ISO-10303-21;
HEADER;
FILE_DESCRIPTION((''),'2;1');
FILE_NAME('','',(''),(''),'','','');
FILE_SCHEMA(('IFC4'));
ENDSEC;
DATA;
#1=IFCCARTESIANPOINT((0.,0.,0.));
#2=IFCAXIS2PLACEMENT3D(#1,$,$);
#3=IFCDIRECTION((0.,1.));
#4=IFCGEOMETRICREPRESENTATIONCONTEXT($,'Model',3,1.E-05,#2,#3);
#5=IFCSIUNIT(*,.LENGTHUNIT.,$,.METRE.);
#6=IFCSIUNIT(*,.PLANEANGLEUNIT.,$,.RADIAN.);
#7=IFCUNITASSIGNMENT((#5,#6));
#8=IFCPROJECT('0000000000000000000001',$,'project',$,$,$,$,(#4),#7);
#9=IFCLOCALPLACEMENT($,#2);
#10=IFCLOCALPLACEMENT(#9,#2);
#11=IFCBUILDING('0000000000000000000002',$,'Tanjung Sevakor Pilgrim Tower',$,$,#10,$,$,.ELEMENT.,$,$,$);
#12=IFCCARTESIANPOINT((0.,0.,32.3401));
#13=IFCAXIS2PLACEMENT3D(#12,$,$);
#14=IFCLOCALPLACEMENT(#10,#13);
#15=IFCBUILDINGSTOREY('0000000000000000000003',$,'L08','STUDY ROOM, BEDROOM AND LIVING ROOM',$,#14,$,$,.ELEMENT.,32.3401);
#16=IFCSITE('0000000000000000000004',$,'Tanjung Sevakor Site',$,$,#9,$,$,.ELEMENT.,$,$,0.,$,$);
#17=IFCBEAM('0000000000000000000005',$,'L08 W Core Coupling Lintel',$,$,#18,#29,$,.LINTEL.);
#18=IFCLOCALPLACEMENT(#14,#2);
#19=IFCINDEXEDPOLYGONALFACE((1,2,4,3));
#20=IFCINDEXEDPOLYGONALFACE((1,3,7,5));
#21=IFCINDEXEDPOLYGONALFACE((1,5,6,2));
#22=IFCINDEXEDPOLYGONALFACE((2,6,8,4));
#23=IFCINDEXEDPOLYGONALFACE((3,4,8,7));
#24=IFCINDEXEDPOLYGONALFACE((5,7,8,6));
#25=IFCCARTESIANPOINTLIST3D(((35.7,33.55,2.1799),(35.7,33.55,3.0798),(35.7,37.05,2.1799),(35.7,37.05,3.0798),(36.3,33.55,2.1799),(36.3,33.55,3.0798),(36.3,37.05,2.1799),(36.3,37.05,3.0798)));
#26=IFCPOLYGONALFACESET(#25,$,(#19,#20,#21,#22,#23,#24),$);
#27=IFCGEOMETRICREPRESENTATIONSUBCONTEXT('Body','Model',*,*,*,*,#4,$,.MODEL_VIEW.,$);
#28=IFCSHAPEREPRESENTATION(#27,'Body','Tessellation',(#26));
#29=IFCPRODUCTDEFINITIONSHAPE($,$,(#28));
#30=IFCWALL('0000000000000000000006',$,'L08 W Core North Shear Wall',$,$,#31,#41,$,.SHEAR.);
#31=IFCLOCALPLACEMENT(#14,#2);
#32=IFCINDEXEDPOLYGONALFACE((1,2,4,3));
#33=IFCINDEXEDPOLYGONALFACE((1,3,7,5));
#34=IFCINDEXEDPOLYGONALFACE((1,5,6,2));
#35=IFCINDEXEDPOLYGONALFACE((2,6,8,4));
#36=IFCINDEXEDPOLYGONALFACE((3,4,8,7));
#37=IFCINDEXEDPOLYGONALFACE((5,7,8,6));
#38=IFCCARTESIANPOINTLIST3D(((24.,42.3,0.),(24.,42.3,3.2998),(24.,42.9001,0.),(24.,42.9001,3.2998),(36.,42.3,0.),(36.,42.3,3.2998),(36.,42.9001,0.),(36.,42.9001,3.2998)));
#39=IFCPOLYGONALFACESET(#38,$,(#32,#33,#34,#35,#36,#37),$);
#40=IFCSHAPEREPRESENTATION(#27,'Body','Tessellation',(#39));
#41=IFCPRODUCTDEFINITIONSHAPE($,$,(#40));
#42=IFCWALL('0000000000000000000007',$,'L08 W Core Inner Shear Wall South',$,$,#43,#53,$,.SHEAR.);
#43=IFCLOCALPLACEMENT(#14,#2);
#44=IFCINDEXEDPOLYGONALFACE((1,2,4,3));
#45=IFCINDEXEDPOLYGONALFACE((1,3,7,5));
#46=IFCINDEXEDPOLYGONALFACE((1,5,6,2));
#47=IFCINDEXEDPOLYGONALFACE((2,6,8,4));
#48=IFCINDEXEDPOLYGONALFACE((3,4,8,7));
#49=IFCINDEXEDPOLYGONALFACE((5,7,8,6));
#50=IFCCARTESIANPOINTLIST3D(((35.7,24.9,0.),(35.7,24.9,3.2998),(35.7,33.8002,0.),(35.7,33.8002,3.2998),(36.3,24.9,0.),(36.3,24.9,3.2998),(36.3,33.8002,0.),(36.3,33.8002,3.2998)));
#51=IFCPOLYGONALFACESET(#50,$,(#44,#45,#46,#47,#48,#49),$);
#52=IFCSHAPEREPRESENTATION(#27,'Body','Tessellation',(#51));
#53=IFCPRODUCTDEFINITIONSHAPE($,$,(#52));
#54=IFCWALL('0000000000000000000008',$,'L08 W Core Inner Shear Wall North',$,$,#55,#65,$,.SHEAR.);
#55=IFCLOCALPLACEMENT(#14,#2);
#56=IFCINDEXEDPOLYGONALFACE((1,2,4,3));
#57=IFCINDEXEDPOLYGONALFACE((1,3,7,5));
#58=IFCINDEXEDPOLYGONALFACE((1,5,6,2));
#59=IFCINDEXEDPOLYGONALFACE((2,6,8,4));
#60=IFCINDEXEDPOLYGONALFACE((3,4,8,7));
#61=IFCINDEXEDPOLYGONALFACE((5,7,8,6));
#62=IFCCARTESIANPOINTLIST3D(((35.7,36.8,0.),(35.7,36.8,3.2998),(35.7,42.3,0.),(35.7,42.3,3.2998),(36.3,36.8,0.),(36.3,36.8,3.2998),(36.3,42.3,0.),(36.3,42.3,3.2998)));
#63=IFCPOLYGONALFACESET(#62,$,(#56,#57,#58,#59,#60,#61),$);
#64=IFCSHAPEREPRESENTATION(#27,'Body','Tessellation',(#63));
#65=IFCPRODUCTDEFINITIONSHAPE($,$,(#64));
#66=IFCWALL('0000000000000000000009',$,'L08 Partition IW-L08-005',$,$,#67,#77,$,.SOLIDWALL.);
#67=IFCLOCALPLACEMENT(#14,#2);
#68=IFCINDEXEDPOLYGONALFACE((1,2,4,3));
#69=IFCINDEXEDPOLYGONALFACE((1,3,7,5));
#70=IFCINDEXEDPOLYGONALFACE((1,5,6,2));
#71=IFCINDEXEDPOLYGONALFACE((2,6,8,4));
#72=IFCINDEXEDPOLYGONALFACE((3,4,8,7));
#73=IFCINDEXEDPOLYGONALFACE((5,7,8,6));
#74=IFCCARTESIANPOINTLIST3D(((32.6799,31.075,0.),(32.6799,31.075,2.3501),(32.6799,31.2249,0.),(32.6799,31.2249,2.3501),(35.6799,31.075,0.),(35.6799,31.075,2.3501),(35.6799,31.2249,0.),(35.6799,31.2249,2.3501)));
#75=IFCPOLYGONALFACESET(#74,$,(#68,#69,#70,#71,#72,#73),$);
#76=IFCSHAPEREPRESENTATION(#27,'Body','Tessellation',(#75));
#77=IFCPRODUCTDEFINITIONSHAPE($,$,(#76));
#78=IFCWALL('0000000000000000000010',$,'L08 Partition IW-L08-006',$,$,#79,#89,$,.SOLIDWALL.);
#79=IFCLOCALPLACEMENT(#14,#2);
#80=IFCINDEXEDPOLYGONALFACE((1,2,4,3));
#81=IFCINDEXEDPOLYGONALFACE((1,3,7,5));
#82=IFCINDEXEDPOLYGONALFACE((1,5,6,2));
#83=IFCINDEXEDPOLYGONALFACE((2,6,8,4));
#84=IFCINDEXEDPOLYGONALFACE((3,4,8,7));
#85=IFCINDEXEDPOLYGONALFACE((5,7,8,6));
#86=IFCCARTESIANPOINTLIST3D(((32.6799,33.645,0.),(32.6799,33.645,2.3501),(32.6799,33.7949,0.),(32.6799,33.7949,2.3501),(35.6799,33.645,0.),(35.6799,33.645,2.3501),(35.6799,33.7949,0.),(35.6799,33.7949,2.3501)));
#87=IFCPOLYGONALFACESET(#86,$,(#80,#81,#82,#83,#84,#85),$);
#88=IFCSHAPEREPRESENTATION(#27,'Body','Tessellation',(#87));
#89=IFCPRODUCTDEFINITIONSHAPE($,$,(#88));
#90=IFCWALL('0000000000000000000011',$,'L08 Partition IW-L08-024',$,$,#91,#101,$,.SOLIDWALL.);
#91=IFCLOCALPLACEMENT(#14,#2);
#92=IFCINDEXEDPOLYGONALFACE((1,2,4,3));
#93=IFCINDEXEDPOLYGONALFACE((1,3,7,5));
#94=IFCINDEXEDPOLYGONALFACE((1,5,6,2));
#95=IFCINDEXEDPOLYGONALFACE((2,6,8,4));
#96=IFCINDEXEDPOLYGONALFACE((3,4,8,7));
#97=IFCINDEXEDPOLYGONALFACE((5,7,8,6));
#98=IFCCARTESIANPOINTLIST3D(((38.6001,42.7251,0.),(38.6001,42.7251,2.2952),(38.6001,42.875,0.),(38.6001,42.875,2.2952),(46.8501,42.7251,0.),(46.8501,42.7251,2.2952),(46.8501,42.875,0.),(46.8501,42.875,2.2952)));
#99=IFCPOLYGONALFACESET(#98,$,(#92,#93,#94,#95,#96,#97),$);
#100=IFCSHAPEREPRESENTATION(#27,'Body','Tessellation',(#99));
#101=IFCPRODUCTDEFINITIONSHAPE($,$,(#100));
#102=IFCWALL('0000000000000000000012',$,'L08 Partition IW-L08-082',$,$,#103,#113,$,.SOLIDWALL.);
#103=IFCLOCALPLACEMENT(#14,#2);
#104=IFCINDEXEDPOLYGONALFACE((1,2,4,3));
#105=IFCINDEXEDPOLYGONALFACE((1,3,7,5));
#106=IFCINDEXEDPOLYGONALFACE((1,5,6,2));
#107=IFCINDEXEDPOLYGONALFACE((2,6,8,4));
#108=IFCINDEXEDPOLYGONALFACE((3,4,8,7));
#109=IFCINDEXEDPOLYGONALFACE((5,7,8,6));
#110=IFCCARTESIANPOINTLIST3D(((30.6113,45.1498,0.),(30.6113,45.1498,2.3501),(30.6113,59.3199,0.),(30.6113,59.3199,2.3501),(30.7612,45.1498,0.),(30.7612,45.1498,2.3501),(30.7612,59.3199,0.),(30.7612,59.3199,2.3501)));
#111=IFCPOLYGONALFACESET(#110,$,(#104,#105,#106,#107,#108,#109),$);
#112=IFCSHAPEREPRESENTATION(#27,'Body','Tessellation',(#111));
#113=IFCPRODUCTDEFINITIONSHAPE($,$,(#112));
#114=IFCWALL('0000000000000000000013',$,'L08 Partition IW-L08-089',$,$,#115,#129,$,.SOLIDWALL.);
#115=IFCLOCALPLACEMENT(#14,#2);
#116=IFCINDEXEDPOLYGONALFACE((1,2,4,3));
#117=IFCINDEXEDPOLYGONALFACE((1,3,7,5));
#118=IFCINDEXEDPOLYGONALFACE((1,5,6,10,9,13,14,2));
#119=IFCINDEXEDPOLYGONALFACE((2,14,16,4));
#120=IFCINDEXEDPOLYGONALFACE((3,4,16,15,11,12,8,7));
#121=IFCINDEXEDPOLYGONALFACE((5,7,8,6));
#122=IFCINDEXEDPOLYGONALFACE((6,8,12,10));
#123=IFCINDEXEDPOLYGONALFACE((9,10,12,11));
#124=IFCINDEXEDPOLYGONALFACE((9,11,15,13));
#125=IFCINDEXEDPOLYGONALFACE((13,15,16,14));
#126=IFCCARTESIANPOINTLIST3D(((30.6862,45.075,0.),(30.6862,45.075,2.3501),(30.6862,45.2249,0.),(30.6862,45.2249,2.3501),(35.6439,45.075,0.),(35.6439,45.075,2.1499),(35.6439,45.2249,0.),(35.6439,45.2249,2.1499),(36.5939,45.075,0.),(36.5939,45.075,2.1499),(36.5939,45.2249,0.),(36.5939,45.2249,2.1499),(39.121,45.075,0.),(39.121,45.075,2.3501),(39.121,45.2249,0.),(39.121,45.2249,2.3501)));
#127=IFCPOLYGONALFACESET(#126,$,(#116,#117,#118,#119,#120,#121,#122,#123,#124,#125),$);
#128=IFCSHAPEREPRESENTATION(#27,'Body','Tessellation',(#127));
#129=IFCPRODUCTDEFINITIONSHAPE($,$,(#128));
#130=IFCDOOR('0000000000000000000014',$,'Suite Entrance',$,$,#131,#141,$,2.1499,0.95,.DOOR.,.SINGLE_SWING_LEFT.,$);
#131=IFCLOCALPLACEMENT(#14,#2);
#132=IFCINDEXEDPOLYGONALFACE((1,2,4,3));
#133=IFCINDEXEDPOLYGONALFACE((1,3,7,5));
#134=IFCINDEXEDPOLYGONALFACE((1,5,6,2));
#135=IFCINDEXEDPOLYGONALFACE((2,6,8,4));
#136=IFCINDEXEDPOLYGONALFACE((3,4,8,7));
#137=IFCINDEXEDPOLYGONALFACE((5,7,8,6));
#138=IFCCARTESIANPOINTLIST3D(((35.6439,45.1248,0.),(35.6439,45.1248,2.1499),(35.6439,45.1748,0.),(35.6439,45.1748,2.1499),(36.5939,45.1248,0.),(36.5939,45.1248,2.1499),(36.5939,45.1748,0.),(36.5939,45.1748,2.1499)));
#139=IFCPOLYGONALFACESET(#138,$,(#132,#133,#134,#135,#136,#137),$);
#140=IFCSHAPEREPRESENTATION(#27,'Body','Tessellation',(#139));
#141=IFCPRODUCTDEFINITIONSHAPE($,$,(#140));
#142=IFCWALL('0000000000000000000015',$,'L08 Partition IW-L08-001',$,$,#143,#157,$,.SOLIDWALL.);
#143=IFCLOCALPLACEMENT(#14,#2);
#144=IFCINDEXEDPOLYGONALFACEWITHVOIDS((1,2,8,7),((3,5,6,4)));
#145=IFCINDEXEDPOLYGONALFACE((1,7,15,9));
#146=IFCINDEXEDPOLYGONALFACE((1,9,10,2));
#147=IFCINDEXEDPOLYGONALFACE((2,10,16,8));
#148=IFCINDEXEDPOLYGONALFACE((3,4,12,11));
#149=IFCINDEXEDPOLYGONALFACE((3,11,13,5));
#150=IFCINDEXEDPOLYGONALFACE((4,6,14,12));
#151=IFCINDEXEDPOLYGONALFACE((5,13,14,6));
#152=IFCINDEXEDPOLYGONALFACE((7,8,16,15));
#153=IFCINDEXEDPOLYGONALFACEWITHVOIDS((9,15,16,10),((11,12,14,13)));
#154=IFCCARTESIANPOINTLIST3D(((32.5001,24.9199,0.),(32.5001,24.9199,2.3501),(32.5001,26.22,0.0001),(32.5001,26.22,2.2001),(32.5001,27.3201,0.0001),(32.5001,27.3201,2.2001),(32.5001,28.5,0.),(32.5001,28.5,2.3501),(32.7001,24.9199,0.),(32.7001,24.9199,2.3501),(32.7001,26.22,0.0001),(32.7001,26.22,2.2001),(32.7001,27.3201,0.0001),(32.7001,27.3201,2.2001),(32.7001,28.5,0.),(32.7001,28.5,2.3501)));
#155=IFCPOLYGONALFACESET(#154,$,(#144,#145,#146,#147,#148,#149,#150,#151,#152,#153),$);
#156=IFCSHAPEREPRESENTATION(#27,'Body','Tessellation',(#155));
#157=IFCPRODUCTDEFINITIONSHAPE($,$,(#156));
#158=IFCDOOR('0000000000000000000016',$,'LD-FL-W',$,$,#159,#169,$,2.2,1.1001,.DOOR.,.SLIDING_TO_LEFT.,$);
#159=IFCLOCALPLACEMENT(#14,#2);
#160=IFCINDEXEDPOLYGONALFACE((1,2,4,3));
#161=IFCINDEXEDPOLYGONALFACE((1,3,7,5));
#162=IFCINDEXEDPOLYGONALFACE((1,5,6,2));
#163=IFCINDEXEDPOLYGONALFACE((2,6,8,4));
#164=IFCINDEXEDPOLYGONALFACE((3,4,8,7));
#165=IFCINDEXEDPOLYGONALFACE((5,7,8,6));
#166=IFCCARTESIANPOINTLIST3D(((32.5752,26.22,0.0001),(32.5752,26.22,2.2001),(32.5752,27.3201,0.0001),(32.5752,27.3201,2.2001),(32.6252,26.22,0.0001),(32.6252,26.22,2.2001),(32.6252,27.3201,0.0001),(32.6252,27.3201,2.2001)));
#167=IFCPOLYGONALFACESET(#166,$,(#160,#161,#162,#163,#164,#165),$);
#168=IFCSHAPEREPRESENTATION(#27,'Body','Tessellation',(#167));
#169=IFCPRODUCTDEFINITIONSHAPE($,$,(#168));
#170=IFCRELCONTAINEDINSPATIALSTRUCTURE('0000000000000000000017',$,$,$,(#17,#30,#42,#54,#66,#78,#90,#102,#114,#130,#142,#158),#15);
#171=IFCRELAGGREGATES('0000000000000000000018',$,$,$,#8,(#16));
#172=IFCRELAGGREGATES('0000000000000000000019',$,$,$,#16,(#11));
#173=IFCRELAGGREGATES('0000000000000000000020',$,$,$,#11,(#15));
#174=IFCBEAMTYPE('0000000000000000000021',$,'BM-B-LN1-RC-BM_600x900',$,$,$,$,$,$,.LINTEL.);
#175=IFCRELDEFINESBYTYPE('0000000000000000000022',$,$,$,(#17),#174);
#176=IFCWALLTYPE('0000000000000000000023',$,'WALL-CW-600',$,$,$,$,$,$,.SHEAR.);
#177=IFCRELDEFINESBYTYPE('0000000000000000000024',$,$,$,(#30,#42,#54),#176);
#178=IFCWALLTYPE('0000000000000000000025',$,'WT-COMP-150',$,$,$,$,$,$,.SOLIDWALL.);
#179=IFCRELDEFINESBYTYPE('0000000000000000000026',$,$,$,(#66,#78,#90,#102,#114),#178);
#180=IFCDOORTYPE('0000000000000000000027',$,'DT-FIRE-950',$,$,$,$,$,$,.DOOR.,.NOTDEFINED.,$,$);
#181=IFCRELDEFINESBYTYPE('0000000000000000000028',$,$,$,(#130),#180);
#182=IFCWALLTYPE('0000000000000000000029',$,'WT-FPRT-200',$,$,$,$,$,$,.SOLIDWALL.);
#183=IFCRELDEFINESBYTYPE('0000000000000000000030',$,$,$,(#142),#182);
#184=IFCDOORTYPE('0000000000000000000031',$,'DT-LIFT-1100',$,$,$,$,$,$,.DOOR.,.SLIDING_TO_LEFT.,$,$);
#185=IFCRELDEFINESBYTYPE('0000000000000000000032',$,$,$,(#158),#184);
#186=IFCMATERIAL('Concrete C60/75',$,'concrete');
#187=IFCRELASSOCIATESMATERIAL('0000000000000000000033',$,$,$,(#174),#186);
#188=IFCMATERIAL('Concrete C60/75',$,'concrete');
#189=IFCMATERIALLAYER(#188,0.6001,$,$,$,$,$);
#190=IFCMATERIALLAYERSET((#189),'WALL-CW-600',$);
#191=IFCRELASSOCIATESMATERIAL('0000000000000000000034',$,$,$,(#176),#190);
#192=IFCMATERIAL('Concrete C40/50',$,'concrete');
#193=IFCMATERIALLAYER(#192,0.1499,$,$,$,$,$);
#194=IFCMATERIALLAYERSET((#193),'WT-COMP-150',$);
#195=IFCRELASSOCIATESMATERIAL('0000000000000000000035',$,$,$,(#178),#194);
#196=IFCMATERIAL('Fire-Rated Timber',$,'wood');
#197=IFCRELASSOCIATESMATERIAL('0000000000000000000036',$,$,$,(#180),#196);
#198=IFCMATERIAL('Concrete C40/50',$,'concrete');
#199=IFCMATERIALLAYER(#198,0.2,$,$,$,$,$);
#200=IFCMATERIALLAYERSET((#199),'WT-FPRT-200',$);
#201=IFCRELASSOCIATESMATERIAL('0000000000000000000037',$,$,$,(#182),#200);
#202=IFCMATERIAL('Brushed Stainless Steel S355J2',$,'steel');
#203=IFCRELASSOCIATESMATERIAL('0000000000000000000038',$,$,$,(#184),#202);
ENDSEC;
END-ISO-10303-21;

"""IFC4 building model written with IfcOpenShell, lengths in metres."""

from ifc_helpers import new_model, si_unit, direction, frame, frame_2d, origin, origin_2d, place, context, subcontext, project, spatial, rectangle, extrude, material, layer, layer_set, material_profile, profile_set, type_object, element, fill, save


model = new_model("IFC4")

# Units and contexts
model_context = context("Model", 3, precision=1e-05, world=origin(), true_north=direction((0.0, 1.0)))
body_context = subcontext(model_context, "Body", "Model", "MODEL_VIEW")
ifc_project = project(units=[si_unit("LENGTHUNIT", "METRE"), si_unit("PLANEANGLEUNIT", "RADIAN")], contexts=[model_context])

# Site, building, storey
site_placement = place(None, origin())
site = spatial("IfcSite", under=ifc_project, at=site_placement, Name="Tanjung Sevakor Site", CompositionType="ELEMENT", RefElevation=0.0)
building_placement = place(site_placement, origin())
building = spatial("IfcBuilding", under=site, at=building_placement, Name="Tanjung Sevakor Pilgrim Tower", CompositionType="ELEMENT")
storey_placement = place(building_placement, frame((0.0, 0.0, 32.3401)))
storey = spatial("IfcBuildingStorey", under=building, at=storey_placement, Name="L08", Description="STUDY ROOM, BEDROOM AND LIVING ROOM", CompositionType="ELEMENT", Elevation=32.3401)

# Beam
ifc_material_1 = material(Name="Concrete C60/75", Category="concrete")
ifc_material_profile_1 = material_profile(ifc_material_1, rectangle(XDim=0.6001, YDim=0.8999, at=origin_2d()))
ifc_profile_set_1 = profile_set([ifc_material_profile_1], Name="Concrete C60/75")
beam_type_1 = type_object("IfcBeamType", Name="BM-B-LN1-RC-BM_600x900", PredefinedType="LINTEL", material=ifc_profile_set_1)
beam_1_placement = place(storey_placement, frame((36.0, 33.55, 2.6299), z_axis=(0.0, 1.0, 0.0), x_axis=(-1.0, 0.0, 0.0)))
element("IfcBeam", 1, at=beam_1_placement, inside=storey, type_object=beam_type_1, Name="L08 W Core Coupling Lintel", PredefinedType="LINTEL", context=body_context, shape_type="SweptSolid", body=[
    extrude(rectangle(XDim=0.6001, YDim=0.8999, at=origin_2d()), origin(), (0.0, 0.0, 1.0), 3.5),
])

# Walls
ifc_material_2 = material(Name="Concrete C60/75", Category="concrete")
ifc_layer_1 = layer(ifc_material_2, 0.6001)
ifc_layer_set_1 = layer_set([ifc_layer_1], Name="WALL-CW-600")
wall_type_1 = type_object("IfcWallType", Name="WALL-CW-600", PredefinedType="SHEAR", material=ifc_layer_set_1)
wall_1_placement = place(storey_placement, frame((36.0, 42.6001, 0.0), z_axis=(0.0, 0.0, 1.0), x_axis=(-1.0, 0.0, 0.0)))
element("IfcWall", 2, at=wall_1_placement, inside=storey, type_object=wall_type_1, Name="L08 W Core North Shear Wall", PredefinedType="SHEAR", context=body_context, shape_type="SweptSolid", body=[
    extrude(rectangle(XDim=12.0, YDim=0.6001, at=frame_2d((6.0, 0.0))), origin(), (0.0, 0.0, 1.0), 3.2998),
])
wall_2_placement = place(storey_placement, frame((36.0, 24.8999, 0.0), z_axis=(0.0, 0.0, 1.0), x_axis=(0.0, 1.0, 0.0)))
element("IfcWall", 3, at=wall_2_placement, inside=storey, type_object=wall_type_1, Name="L08 W Core Inner Shear Wall South", PredefinedType="SHEAR", context=body_context, shape_type="SweptSolid", body=[
    extrude(rectangle(XDim=8.9001, YDim=0.6001, at=frame_2d((4.4502, 0.0))), origin(), (0.0, 0.0, 1.0), 3.2998),
])
wall_3_placement = place(storey_placement, frame((36.0, 36.8, 0.0), z_axis=(0.0, 0.0, 1.0), x_axis=(0.0, 1.0, 0.0)))
element("IfcWall", 4, at=wall_3_placement, inside=storey, type_object=wall_type_1, Name="L08 W Core Inner Shear Wall North", PredefinedType="SHEAR", context=body_context, shape_type="SweptSolid", body=[
    extrude(rectangle(XDim=5.5, YDim=0.6001, at=frame_2d((2.75, 0.0))), origin(), (0.0, 0.0, 1.0), 3.2998),
])
ifc_material_3 = material(Name="Concrete C40/50", Category="concrete")
ifc_layer_2 = layer(ifc_material_3, 0.1499)
ifc_layer_set_2 = layer_set([ifc_layer_2], Name="WT-COMP-150")
wall_type_2 = type_object("IfcWallType", Name="WT-COMP-150", PredefinedType="SOLIDWALL", material=ifc_layer_set_2)
for number, where, z_axis, x_axis, name in (
    (5, (32.6799, 31.1499, 0.0), (0.0, 0.0, 1.0), (1.0, 0.0, 0.0), "L08 Partition IW-L08-005"),
    (6, (32.6799, 33.72, 0.0), (0.0, 0.0, 1.0), (1.0, 0.0, 0.0), "L08 Partition IW-L08-006"),
):
    element("IfcWall", number, at=place(storey_placement, frame(where, z_axis=z_axis, x_axis=x_axis)), inside=storey, type_object=wall_type_2, Name=name, PredefinedType="SOLIDWALL", context=body_context, shape_type="SweptSolid", body=[
        extrude(rectangle(XDim=3.0, YDim=0.1499, at=frame_2d((1.5, 0.0))), origin(), (0.0, 0.0, 1.0), 2.3501),
    ])

# Shared definitions
ifc_material_4 = material(Name="Fire-Rated Timber", Category="wood")
door_type_1 = type_object("IfcDoorType", Name="DT-FIRE-950", OperationType="NOTDEFINED", PredefinedType="DOOR", material=ifc_material_4)

# Walls
wall_4_placement = place(storey_placement, frame((38.6001, 42.8, 0.0), z_axis=(0.0, 0.0, 1.0), x_axis=(1.0, 0.0, 0.0)))
element("IfcWall", 7, at=wall_4_placement, inside=storey, type_object=wall_type_2, Name="L08 Partition IW-L08-024", PredefinedType="SOLIDWALL", context=body_context, shape_type="SweptSolid", body=[
    extrude(rectangle(XDim=8.25, YDim=0.1499, at=frame_2d((4.125, 0.0))), origin(), (0.0, 0.0, 1.0), 2.2952),
])
wall_5_placement = place(storey_placement, frame((30.6863, 45.1499, 0.0), z_axis=(0.0, 0.0, 1.0), x_axis=(0.0, 1.0, 0.0)))
element("IfcWall", 8, at=wall_5_placement, inside=storey, type_object=wall_type_2, Name="L08 Partition IW-L08-082", PredefinedType="SOLIDWALL", context=body_context, shape_type="SweptSolid", body=[
    extrude(rectangle(XDim=14.1702, YDim=0.1499, at=frame_2d((7.085, 0.0))), origin(), (0.0, 0.0, 1.0), 2.3501),
])

# Walls, openings, doors
wall_6_placement = place(storey_placement, frame((30.6863, 45.1499, 0.0), z_axis=(0.0, 0.0, 1.0), x_axis=(1.0, 0.0, 0.0)))
wall_6 = element("IfcWall", 9, at=wall_6_placement, inside=storey, type_object=wall_type_2, Name="L08 Partition IW-L08-089", PredefinedType="SOLIDWALL", context=body_context, shape_type="SweptSolid", body=[
    extrude(rectangle(XDim=8.4348, YDim=0.1499, at=frame_2d((4.2173, 0.0))), origin(), (0.0, 0.0, 1.0), 2.3501),
])
opening_1_placement = place(wall_6_placement, frame((4.9575, 0.0, 0.0)))
opening_1 = element("IfcOpeningElement", 10, at=opening_1_placement, cuts=wall_6, PredefinedType="OPENING", context=body_context, shape_type="SweptSolid", body=[
    extrude(rectangle(XDim=0.95, YDim=2.1499, at=frame_2d((0.4751, 1.075))), frame((0.0, 0.085, 0.0), z_axis=(0.0, -1.0, 0.0), x_axis=(1.0, 0.0, 0.0)), (0.0, 0.0, 1.0), 0.1699),
])
door_1_placement = place(opening_1_placement, origin())
door_1 = element("IfcDoor", 11, at=door_1_placement, inside=storey, type_object=door_type_1, Name="Suite Entrance", OperationType="SINGLE_SWING_LEFT", OverallHeight=2.1499, OverallWidth=0.95, PredefinedType="DOOR", context=body_context, shape_type="SweptSolid", body=[
    extrude(rectangle(XDim=0.95, YDim=2.1499, at=frame_2d((0.4751, 1.075))), frame((0.0, 0.0249, 0.0), z_axis=(0.0, -1.0, 0.0), x_axis=(1.0, 0.0, 0.0)), (0.0, 0.0, 1.0), 0.05),
])
fill(opening_1, door_1)
ifc_material_5 = material(Name="Concrete C40/50", Category="concrete")
ifc_layer_3 = layer(ifc_material_5, 0.2)
ifc_layer_set_3 = layer_set([ifc_layer_3], Name="WT-FPRT-200")
wall_type_3 = type_object("IfcWallType", Name="WT-FPRT-200", PredefinedType="SOLIDWALL", material=ifc_layer_set_3)
wall_7_placement = place(storey_placement, frame((32.6001, 24.9199, 0.0), z_axis=(0.0, 0.0, 1.0), x_axis=(0.0, 1.0, 0.0)))
wall_7 = element("IfcWall", 12, at=wall_7_placement, inside=storey, type_object=wall_type_3, Name="L08 Partition IW-L08-001", PredefinedType="SOLIDWALL", context=body_context, shape_type="SweptSolid", body=[
    extrude(rectangle(XDim=3.5801, YDim=0.2, at=frame_2d((1.79, 0.0))), origin(), (0.0, 0.0, 1.0), 2.3501),
])
opening_2_placement = place(wall_7_placement, frame((1.3, 0.0, 0.0)))
opening_2 = element("IfcOpeningElement", 13, at=opening_2_placement, cuts=wall_7, PredefinedType="OPENING", context=body_context, shape_type="SweptSolid", body=[
    extrude(rectangle(XDim=1.1001, YDim=2.2, at=frame_2d((0.55, 1.1001))), frame((0.0, 0.1099, 0.0), z_axis=(0.0, -1.0, 0.0), x_axis=(1.0, 0.0, 0.0)), (0.0, 0.0, 1.0), 0.22),
])
ifc_material_6 = material(Name="Brushed Stainless Steel S355J2", Category="steel")
door_type_2 = type_object("IfcDoorType", Name="DT-LIFT-1100", OperationType="SLIDING_TO_LEFT", PredefinedType="DOOR", material=ifc_material_6)
door_2_placement = place(opening_2_placement, origin())
door_2 = element("IfcDoor", 14, at=door_2_placement, inside=storey, type_object=door_type_2, Name="LD-FL-W", OperationType="SLIDING_TO_LEFT", OverallHeight=2.2, OverallWidth=1.1001, PredefinedType="DOOR", context=body_context, shape_type="SweptSolid", body=[
    extrude(rectangle(XDim=1.1001, YDim=2.2, at=frame_2d((0.55, 1.1001))), frame((0.0, 0.0249, 0.0), z_axis=(0.0, -1.0, 0.0), x_axis=(1.0, 0.0, 0.0)), (0.0, 0.0, 1.0), 0.05),
])
fill(opening_2, door_2)

save(model, "model.ifc")
